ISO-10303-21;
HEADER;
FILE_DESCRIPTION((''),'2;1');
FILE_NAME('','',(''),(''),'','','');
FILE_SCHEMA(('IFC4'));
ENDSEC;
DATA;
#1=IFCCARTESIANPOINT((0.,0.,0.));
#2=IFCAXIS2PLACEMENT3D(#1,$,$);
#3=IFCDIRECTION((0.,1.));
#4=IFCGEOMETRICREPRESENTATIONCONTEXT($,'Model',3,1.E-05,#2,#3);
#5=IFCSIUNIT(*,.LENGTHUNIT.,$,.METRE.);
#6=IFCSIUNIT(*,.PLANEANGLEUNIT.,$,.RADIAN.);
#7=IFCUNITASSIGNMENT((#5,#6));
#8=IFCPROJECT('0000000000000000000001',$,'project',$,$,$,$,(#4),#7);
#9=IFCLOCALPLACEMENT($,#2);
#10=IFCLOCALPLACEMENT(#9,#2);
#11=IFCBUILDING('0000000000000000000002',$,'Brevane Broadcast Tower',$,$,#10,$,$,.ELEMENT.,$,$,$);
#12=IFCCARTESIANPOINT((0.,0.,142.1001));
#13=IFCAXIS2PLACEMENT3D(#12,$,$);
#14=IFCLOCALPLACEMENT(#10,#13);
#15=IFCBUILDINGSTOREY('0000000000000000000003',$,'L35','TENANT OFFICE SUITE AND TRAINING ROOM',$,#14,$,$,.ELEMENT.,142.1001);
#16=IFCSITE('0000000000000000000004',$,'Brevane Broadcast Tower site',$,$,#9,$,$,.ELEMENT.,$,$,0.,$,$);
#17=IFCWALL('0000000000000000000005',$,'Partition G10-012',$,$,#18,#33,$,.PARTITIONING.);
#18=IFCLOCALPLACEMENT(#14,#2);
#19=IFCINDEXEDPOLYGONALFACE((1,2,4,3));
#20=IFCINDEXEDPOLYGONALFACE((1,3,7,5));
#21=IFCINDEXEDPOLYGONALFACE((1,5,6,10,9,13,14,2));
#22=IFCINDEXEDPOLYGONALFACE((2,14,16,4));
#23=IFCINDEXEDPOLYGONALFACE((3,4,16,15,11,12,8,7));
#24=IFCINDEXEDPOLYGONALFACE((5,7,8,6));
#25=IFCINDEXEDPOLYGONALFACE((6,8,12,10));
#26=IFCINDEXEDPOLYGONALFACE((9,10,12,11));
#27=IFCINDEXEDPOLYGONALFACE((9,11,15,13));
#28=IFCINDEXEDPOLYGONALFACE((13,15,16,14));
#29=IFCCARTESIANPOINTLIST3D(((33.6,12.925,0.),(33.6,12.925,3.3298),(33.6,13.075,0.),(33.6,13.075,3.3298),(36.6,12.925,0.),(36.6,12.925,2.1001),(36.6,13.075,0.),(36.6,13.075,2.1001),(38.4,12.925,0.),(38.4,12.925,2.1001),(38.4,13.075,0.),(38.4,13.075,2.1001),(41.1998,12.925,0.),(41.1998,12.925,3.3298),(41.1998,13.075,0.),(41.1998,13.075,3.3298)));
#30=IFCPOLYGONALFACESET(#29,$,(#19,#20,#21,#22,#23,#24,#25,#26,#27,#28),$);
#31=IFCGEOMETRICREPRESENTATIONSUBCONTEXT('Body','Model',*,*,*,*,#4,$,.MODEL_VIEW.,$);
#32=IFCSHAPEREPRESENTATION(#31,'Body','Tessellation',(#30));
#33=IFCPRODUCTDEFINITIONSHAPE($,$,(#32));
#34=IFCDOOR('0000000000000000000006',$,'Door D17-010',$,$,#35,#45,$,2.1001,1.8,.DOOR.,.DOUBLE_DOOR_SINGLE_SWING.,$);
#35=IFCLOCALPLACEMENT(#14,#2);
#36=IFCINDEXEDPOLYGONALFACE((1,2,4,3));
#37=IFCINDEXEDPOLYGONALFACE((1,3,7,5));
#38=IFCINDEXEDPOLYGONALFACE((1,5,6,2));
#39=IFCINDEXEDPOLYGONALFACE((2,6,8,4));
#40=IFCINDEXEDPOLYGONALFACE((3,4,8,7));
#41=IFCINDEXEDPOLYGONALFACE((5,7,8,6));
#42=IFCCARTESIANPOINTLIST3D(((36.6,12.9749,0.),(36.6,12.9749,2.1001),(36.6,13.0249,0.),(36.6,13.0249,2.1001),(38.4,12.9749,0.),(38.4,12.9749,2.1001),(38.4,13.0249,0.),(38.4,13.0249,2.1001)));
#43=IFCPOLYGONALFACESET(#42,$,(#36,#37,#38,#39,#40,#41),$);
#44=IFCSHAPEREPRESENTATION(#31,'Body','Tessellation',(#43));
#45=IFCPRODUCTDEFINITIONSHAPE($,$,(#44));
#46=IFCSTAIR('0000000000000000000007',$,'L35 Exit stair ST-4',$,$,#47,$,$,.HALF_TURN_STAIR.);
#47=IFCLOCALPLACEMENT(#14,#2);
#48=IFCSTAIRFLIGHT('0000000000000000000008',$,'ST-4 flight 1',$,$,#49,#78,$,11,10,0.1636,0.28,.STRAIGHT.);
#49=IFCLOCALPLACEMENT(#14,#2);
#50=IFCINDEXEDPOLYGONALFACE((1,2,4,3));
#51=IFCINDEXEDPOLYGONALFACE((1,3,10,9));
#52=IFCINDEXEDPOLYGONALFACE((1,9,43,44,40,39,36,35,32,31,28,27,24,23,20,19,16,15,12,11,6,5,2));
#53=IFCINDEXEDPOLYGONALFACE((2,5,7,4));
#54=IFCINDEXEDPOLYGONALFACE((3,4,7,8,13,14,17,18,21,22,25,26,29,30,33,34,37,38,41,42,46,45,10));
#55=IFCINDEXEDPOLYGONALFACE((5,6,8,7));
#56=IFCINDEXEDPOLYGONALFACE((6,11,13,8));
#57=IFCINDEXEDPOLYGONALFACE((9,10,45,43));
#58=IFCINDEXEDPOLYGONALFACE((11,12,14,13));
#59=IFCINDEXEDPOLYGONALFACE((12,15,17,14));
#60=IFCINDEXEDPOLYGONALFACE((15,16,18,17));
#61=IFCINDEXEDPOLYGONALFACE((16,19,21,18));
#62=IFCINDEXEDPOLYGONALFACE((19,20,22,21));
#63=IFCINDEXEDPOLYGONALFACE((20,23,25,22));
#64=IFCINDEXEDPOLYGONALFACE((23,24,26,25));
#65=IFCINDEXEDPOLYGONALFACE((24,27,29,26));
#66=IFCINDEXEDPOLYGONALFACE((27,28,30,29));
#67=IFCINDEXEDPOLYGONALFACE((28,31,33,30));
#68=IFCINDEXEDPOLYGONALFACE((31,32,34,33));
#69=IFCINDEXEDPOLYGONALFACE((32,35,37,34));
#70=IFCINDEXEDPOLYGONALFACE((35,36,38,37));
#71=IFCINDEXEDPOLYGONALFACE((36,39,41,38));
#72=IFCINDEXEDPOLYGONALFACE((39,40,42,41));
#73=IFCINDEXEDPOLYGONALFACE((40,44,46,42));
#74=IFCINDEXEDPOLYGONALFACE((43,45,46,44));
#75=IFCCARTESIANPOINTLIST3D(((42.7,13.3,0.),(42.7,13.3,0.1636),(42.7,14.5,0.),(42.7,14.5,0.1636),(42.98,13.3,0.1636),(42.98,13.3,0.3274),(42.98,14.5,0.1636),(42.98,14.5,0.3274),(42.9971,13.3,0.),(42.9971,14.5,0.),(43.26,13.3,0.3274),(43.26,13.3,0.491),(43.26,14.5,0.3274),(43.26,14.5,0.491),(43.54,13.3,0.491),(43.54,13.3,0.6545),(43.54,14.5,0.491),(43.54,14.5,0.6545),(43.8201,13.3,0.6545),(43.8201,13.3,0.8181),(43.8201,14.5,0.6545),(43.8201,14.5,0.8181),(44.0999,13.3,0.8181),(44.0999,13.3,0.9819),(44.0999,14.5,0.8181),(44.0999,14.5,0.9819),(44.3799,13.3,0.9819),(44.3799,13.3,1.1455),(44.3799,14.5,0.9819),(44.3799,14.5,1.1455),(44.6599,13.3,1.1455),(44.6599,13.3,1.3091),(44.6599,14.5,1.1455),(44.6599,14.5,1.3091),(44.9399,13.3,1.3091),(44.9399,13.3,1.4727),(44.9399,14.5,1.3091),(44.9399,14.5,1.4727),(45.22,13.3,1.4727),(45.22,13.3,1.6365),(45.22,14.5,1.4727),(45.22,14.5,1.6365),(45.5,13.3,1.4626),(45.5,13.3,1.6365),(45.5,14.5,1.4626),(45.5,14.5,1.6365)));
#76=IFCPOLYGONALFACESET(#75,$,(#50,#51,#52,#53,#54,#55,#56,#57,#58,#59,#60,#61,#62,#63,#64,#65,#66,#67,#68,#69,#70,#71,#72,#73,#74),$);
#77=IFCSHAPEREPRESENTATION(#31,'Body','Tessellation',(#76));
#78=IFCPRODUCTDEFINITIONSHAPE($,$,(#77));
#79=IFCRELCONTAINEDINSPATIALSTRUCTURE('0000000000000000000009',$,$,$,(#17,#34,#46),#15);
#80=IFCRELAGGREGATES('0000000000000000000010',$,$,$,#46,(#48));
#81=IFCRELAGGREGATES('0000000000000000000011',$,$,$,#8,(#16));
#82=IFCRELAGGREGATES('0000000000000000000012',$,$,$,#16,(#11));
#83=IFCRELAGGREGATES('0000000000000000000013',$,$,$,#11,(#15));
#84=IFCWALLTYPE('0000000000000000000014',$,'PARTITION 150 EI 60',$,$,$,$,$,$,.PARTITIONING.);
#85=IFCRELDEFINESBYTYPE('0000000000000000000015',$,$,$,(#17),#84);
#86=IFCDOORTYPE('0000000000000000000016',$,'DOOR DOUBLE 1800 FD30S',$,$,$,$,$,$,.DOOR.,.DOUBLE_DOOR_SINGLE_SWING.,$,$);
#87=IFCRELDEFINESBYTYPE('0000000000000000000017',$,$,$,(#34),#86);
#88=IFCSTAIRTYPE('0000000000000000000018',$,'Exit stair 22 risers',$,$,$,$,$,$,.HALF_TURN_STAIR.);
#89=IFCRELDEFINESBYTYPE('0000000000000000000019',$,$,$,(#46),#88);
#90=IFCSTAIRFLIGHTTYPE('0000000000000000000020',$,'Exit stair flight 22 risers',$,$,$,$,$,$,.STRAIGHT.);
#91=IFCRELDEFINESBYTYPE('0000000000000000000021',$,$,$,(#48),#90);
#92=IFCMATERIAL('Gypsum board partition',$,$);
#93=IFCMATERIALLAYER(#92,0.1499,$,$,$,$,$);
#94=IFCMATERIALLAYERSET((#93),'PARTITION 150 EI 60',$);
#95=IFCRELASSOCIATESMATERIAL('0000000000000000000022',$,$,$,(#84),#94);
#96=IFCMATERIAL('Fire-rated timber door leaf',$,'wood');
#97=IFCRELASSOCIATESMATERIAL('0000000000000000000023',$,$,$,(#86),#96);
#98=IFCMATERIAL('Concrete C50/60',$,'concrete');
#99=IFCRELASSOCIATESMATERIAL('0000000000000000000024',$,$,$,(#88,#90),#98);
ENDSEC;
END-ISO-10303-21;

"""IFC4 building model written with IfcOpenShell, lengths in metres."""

from ifc_helpers import new_model, si_unit, direction, frame, frame_2d, origin, place, context, subcontext, project, spatial, polyline, rectangle, outline, extrude, material, layer, layer_set, type_object, element, fill, aggregate, save


model = new_model("IFC4")

# Units and contexts
model_context = context("Model", 3, precision=1e-05, world=origin(), true_north=direction((0.0, 1.0)))
body_context = subcontext(model_context, "Body", "Model", "MODEL_VIEW")
ifc_project = project(units=[si_unit("LENGTHUNIT", "METRE"), si_unit("PLANEANGLEUNIT", "RADIAN")], contexts=[model_context])

# Site, building, storey
site_placement = place(None, origin())
site = spatial("IfcSite", under=ifc_project, at=site_placement, Name="Brevane Broadcast Tower site", CompositionType="ELEMENT", RefElevation=0.0)
building_placement = place(site_placement, origin())
building = spatial("IfcBuilding", under=site, at=building_placement, Name="Brevane Broadcast Tower", CompositionType="ELEMENT")
storey_placement = place(building_placement, frame((0.0, 0.0, 142.1001)))
storey = spatial("IfcBuildingStorey", under=building, at=storey_placement, Name="L35", Description="TENANT OFFICE SUITE AND TRAINING ROOM", CompositionType="ELEMENT", Elevation=142.1001)

# Shared definitions
ifc_material_1 = material(Name="Gypsum board partition")

# Shared definitions
ifc_layer_1 = layer(ifc_material_1, 0.1499)
ifc_layer_set_1 = layer_set([ifc_layer_1], Name="PARTITION 150 EI 60")
wall_type_1 = type_object("IfcWallType", Name="PARTITION 150 EI 60", PredefinedType="PARTITIONING", material=ifc_layer_set_1)
ifc_material_2 = material(Name="Fire-rated timber door leaf", Category="wood")

# Wall, opening, door
wall_1_placement = place(storey_placement, frame((33.6001, 13.0, 0.0), z_axis=(0.0, 0.0, 1.0), x_axis=(1.0, 0.0, 0.0)))
wall_1 = element("IfcWall", 1, at=wall_1_placement, inside=storey, type_object=wall_type_1, Name="Partition G10-012", PredefinedType="PARTITIONING", context=body_context, shape_type="SweptSolid", body=[
    extrude(rectangle(XDim=7.5999, YDim=0.1499, at=frame_2d((3.7998, 0.0))), origin(), (0.0, 0.0, 1.0), 3.3298),
])
opening_1_placement = place(wall_1_placement, frame((3.0, 0.0, 0.0)))
opening_1 = element("IfcOpeningElement", 2, at=opening_1_placement, cuts=wall_1, PredefinedType="OPENING", context=body_context, shape_type="SweptSolid", body=[
    extrude(rectangle(XDim=1.8, YDim=2.1001, at=frame_2d((0.8999, 1.05))), frame((0.0, 0.085, 0.0), z_axis=(0.0, -1.0, 0.0), x_axis=(1.0, 0.0, 0.0)), (0.0, 0.0, 1.0), 0.1699),
])
door_type_1 = type_object("IfcDoorType", Name="DOOR DOUBLE 1800 FD30S", OperationType="DOUBLE_DOOR_SINGLE_SWING", PredefinedType="DOOR", material=ifc_material_2)
door_1_placement = place(opening_1_placement, origin())
door_1 = element("IfcDoor", 3, at=door_1_placement, inside=storey, type_object=door_type_1, Name="Door D17-010", OperationType="DOUBLE_DOOR_SINGLE_SWING", OverallHeight=2.1001, OverallWidth=1.8, PredefinedType="DOOR", context=body_context, shape_type="SweptSolid", body=[
    extrude(rectangle(XDim=1.8, YDim=2.1001, at=frame_2d((0.8999, 1.05))), frame((0.0, 0.0249, 0.0), z_axis=(0.0, -1.0, 0.0), x_axis=(1.0, 0.0, 0.0)), (0.0, 0.0, 1.0), 0.05),
])
fill(opening_1, door_1)

# Stair, stair flight
ifc_material_3 = material(Name="Concrete C50/60", Category="concrete")
stair_type = type_object("IfcStairType", Name="Exit stair 22 risers", PredefinedType="HALF_TURN_STAIR", material=ifc_material_3)
stair_placement = place(storey_placement, origin())
stair = element("IfcStair", 4, at=stair_placement, inside=storey, type_object=stair_type, Name="L35 Exit stair ST-4", PredefinedType="HALF_TURN_STAIR")
stair_flight_type = type_object("IfcStairFlightType", Name="Exit stair flight 22 risers", PredefinedType="STRAIGHT", material=ifc_material_3)
stair_flight_placement = place(storey_placement, frame((42.7, 13.8999, 0.0), z_axis=(0.0, 0.0, 1.0), x_axis=(1.0, 0.0, 0.0)))
stair_flight = element("IfcStairFlight", 5, at=stair_flight_placement, type_object=stair_flight_type, Name="ST-4 flight 1", NumberOfRisers=11, NumberOfTreads=10, PredefinedType="STRAIGHT", RiserHeight=0.1636, TreadLength=0.28, context=body_context, shape_type="SweptSolid", body=[
    extrude(outline(polyline([(0.0, 0.0), (0.0, 0.1636), (0.28, 0.1636), (0.28, 0.3274), (0.5601, 0.3274), (0.5601, 0.491), (0.8401, 0.491), (0.8401, 0.6545), (1.1201, 0.6545), (1.1201, 0.8181), (1.3999, 0.8181), (1.3999, 0.9819), (1.6799, 0.9819), (1.6799, 1.1455), (1.96, 1.1455), (1.96, 1.3091), (2.24, 1.3091), (2.24, 1.4727), (2.52, 1.4727), (2.52, 1.6365), (2.8, 1.6365), (2.8, 1.8), (2.8, 1.4626), (0.2971, 0.0), (0.0, 0.0)])), frame((0.0, 0.6001, 0.0), z_axis=(0.0, -1.0, 0.0), x_axis=(1.0, 0.0, 0.0)), (0.0, 0.0, 1.0), 1.2),
])
aggregate(stair, [stair_flight])

save(model, "model.ifc")
